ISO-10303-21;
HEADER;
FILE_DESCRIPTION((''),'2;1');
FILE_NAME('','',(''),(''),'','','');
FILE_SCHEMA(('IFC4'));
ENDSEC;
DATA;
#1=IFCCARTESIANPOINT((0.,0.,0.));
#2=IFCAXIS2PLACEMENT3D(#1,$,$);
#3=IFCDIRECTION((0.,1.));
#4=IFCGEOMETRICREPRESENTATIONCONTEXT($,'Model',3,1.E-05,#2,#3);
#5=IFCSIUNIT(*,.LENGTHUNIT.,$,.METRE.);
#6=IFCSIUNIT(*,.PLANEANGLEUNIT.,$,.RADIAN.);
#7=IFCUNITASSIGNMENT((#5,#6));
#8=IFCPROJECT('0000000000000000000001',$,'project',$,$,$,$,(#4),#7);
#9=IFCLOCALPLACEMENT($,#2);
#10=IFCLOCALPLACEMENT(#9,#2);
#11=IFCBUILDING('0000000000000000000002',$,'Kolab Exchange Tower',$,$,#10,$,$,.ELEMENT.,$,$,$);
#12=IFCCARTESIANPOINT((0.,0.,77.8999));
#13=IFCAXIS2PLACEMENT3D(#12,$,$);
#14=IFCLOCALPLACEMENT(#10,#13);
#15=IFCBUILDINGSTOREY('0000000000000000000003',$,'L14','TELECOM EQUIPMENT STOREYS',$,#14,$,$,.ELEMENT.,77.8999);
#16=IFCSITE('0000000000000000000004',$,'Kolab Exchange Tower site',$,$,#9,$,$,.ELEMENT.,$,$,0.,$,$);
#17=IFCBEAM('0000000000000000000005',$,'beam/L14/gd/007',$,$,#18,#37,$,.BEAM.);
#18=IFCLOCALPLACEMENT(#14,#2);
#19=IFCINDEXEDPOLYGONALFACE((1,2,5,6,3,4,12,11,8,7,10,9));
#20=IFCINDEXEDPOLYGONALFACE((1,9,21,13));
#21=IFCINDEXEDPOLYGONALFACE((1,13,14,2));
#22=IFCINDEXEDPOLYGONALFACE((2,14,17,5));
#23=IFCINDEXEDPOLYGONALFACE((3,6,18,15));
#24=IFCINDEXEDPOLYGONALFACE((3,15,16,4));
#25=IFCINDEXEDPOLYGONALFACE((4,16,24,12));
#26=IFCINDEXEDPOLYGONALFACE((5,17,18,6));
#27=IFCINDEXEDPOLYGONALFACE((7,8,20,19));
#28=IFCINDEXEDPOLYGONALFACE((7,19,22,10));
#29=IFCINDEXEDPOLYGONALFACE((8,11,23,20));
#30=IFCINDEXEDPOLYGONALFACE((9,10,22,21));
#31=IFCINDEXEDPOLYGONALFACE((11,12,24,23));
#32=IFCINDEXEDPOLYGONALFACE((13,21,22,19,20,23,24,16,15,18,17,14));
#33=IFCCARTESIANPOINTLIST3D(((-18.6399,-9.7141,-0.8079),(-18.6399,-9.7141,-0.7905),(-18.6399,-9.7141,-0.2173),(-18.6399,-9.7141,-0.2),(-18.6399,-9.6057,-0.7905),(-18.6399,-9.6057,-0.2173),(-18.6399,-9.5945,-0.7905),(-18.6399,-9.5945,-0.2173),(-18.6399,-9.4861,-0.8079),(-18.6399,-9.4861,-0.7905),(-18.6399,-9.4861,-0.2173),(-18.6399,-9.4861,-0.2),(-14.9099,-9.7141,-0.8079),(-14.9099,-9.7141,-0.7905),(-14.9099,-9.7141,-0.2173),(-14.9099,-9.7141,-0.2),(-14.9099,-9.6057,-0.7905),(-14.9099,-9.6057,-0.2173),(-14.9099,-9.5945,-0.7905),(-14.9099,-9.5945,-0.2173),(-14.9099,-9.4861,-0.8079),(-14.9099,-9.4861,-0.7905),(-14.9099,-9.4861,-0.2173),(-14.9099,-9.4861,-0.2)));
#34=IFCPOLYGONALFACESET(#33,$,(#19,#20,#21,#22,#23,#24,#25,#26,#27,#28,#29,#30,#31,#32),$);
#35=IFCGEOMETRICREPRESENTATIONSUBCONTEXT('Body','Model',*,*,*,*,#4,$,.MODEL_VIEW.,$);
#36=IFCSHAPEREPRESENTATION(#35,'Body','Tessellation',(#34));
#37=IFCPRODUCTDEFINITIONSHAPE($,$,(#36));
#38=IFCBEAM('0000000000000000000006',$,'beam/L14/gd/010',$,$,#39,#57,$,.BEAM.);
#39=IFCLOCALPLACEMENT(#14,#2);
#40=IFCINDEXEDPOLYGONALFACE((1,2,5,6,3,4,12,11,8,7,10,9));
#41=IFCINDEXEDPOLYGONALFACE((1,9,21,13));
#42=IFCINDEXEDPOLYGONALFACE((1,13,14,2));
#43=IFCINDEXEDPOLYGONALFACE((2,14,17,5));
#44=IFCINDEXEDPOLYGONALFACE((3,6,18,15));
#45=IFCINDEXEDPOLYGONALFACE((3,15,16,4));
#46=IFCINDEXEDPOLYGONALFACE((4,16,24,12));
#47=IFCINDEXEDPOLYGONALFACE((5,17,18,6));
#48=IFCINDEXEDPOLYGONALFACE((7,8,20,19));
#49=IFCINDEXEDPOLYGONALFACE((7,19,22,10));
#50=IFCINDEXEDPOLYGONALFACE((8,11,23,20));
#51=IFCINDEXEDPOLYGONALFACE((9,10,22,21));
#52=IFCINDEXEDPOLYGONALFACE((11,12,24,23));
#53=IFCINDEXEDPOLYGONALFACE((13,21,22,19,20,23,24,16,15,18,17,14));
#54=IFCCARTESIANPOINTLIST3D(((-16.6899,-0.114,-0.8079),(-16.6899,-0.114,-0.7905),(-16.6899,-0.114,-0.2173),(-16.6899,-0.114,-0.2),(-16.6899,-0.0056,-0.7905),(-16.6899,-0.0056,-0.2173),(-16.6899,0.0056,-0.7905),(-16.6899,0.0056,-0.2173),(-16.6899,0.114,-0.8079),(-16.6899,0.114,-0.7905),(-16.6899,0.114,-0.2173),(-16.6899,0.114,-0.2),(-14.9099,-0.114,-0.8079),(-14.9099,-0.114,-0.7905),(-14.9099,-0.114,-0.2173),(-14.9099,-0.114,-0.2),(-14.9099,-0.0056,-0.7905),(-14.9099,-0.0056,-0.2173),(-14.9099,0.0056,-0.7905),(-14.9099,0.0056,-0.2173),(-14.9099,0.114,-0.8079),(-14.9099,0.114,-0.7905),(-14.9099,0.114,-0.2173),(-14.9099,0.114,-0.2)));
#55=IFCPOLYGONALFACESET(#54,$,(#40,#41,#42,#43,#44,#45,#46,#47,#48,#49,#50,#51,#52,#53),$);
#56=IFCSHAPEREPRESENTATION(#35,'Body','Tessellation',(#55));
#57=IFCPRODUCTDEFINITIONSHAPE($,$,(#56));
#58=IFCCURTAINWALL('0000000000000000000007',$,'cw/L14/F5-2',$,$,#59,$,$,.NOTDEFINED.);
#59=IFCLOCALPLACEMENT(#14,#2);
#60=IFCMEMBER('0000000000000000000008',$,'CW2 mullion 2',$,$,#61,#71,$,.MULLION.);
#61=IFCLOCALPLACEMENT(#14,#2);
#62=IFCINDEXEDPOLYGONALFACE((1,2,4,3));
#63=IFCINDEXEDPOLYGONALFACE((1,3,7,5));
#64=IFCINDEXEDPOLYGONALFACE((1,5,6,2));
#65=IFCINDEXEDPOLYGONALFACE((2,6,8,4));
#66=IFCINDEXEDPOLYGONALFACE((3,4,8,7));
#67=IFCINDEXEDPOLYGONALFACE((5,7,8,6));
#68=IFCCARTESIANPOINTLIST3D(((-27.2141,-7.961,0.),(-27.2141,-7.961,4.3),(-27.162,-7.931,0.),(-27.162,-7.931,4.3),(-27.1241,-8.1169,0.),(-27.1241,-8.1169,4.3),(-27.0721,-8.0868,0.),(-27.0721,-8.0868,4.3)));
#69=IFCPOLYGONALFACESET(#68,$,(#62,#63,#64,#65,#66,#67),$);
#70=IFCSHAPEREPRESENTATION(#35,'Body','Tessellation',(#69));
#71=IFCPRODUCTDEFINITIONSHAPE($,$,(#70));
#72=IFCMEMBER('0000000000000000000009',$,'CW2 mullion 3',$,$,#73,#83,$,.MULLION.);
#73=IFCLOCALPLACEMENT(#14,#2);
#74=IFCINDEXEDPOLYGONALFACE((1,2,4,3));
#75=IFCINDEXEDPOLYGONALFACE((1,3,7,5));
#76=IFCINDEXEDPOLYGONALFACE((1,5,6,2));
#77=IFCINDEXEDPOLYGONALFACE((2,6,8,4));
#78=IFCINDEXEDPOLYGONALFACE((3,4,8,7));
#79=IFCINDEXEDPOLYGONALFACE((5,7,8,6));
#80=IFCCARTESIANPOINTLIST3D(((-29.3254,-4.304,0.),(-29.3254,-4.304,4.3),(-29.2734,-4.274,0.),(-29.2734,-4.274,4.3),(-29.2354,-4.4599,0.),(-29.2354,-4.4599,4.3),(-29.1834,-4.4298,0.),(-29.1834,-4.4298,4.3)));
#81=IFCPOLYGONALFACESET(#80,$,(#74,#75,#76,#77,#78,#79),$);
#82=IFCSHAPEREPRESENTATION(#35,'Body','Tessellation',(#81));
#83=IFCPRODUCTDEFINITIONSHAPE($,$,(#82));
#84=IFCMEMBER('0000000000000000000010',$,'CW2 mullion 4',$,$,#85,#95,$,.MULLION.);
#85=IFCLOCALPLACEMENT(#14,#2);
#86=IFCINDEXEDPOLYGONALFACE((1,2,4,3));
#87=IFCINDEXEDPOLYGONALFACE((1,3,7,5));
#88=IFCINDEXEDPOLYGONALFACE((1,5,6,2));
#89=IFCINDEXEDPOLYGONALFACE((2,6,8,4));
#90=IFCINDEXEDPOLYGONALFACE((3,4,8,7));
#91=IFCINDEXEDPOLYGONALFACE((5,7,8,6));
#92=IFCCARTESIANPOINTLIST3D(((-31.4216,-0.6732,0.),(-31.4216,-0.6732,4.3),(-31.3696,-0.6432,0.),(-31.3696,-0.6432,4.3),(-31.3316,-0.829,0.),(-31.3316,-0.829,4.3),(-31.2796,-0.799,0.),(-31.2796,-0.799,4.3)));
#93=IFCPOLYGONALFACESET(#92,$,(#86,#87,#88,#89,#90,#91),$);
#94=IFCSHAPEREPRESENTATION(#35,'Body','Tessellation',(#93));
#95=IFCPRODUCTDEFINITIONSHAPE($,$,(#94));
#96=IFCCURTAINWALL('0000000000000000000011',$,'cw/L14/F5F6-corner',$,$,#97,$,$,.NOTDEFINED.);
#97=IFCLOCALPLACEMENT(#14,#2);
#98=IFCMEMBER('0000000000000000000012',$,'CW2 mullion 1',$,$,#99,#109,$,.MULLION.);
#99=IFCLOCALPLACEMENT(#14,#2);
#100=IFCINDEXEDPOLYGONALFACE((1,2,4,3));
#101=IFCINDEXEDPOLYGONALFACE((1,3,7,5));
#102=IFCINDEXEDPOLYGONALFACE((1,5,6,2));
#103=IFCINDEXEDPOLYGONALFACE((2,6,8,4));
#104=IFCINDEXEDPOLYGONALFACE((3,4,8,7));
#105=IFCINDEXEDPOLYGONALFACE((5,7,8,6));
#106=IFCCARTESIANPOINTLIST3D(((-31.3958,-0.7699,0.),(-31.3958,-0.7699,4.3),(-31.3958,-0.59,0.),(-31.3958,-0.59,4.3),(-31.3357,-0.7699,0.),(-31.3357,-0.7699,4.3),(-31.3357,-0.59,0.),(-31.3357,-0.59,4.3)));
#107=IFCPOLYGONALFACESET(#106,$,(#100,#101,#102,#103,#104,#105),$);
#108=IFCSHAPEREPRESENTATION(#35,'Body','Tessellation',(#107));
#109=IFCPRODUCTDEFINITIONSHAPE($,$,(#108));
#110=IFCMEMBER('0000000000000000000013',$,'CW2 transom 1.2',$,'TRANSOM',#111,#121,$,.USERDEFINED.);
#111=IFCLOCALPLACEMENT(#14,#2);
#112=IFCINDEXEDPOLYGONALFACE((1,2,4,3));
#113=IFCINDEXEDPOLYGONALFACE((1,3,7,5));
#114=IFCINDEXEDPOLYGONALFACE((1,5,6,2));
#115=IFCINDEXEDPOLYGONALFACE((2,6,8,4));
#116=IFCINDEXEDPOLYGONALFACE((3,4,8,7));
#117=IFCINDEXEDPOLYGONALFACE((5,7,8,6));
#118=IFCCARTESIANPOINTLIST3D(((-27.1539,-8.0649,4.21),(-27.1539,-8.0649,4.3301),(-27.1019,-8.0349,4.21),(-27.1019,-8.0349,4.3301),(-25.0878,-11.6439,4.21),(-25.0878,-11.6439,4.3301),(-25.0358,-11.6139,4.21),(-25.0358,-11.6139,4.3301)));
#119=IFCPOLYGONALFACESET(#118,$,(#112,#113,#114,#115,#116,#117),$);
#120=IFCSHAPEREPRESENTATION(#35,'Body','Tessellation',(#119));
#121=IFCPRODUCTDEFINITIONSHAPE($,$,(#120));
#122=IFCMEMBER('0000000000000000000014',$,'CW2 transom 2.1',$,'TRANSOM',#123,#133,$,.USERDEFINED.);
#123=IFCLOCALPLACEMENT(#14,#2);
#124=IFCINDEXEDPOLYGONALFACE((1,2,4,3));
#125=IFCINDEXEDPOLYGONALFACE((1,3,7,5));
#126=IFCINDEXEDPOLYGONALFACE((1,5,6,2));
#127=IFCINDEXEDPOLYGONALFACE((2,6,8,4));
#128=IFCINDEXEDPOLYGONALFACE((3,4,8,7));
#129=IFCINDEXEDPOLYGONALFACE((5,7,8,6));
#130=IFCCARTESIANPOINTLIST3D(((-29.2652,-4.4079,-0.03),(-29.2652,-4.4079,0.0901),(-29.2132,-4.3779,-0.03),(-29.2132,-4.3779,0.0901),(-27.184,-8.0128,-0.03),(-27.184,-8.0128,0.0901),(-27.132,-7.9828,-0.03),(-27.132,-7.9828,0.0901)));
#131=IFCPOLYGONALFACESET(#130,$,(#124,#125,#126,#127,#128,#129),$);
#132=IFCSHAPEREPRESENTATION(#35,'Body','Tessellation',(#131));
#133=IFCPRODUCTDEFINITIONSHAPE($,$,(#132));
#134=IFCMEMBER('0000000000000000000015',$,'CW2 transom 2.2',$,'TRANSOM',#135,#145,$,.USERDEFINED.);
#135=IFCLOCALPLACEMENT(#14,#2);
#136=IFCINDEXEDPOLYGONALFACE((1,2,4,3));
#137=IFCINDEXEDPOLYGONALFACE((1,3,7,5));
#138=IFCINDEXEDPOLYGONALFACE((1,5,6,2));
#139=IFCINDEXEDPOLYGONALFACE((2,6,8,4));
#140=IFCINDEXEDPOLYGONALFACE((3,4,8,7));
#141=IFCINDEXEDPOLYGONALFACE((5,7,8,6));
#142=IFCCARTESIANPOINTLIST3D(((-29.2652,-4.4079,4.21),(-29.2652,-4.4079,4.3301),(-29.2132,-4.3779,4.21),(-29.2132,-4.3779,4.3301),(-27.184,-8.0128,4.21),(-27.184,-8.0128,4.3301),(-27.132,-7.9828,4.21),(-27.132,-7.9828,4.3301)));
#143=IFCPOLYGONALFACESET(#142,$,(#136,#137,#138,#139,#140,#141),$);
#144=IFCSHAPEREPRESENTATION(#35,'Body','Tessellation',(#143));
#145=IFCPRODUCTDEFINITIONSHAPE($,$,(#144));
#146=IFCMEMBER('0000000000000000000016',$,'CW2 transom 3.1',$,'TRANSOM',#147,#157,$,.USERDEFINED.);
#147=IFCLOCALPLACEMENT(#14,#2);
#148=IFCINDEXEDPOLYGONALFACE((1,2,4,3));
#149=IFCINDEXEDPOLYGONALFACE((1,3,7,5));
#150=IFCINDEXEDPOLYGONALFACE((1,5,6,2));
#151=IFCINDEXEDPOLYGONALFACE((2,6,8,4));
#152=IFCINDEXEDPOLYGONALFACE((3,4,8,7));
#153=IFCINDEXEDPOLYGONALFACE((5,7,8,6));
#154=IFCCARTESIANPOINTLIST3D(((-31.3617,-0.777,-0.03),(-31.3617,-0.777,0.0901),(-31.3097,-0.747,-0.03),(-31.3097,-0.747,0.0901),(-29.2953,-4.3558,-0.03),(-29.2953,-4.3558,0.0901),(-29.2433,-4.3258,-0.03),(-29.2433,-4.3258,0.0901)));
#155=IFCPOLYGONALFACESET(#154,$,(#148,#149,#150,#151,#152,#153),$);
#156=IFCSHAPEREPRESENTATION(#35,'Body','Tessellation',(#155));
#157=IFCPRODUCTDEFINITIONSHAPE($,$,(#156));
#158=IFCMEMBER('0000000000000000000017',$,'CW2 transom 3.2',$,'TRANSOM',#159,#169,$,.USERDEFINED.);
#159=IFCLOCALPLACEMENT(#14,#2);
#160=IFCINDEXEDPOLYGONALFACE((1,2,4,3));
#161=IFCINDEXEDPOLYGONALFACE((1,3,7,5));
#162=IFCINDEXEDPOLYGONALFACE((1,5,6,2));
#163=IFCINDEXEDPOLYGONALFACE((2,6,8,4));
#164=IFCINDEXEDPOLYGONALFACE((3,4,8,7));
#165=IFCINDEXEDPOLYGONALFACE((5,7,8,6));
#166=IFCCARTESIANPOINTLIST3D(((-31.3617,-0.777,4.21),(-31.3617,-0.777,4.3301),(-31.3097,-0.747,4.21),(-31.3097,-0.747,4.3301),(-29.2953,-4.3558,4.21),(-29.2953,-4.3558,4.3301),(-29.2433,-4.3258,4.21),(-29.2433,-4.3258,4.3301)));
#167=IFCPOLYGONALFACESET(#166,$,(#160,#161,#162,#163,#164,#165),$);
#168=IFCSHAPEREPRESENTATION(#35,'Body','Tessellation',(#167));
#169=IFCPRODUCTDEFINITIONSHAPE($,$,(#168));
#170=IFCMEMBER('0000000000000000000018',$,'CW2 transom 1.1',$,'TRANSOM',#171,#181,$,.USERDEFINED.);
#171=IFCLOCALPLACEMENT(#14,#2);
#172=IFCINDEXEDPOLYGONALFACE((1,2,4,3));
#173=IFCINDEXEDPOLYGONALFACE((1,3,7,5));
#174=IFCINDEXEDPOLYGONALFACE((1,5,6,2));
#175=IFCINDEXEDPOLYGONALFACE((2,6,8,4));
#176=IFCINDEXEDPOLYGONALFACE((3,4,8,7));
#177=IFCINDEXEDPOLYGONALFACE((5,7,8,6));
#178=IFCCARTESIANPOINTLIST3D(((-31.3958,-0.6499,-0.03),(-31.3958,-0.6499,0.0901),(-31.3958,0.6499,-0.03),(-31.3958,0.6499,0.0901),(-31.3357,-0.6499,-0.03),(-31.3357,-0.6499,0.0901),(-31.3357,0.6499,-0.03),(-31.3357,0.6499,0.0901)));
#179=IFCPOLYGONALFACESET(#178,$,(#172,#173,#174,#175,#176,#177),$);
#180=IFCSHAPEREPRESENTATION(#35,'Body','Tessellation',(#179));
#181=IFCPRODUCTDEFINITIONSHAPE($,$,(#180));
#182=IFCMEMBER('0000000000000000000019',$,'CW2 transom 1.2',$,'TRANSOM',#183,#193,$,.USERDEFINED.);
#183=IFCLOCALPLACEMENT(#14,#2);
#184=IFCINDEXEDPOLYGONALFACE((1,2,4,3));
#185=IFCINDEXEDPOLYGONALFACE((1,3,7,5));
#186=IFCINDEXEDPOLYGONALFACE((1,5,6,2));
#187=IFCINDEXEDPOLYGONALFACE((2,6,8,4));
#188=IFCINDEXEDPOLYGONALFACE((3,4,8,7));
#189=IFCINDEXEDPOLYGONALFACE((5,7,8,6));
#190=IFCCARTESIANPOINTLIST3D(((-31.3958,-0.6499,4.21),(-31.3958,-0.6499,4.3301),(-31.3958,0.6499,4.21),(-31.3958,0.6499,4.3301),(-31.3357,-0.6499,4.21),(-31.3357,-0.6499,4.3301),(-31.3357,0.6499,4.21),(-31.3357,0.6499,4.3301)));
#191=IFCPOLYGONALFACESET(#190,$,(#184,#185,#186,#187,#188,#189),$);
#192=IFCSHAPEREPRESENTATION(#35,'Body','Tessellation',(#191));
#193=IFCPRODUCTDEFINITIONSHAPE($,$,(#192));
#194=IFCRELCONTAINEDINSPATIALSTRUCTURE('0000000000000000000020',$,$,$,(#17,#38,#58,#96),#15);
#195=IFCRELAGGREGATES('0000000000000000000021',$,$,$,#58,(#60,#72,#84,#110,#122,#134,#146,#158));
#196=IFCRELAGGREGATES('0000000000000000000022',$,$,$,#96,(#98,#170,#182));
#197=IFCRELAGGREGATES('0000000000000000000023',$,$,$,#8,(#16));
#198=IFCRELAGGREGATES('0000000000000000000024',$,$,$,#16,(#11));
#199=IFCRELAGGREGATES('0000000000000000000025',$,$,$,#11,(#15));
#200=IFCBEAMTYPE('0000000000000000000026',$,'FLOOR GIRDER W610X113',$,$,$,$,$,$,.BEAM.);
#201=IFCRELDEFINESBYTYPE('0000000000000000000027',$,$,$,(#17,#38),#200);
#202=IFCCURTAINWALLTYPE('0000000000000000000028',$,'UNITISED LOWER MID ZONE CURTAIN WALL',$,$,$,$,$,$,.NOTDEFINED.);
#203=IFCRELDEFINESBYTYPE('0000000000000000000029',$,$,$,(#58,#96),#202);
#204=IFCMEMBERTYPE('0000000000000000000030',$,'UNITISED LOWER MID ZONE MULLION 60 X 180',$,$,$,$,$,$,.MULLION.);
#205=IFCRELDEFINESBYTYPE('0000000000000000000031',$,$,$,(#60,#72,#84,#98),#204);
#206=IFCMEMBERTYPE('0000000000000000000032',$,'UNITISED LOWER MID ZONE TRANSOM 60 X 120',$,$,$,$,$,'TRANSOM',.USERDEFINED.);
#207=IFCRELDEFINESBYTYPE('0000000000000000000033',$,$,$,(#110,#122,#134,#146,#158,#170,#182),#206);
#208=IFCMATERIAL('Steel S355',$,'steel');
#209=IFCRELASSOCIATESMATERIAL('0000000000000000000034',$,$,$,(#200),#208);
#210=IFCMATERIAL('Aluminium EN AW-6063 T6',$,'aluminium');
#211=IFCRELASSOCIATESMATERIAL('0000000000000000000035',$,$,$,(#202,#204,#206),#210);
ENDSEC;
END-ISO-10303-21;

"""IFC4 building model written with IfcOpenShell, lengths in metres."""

from ifc_helpers import new_model, si_unit, direction, frame, origin, origin_2d, place, context, subcontext, project, spatial, rectangle, i_section, extrude, material, material_profile, profile_set, type_object, element, aggregate, save


model = new_model("IFC4")

# Units and contexts
model_context = context("Model", 3, precision=1e-05, world=origin(), true_north=direction((0.0, 1.0)))
body_context = subcontext(model_context, "Body", "Model", "MODEL_VIEW")
ifc_project = project(units=[si_unit("LENGTHUNIT", "METRE"), si_unit("PLANEANGLEUNIT", "RADIAN")], contexts=[model_context])

# Site, building, storey
site_placement = place(None, origin())
site = spatial("IfcSite", under=ifc_project, at=site_placement, Name="Kolab Exchange Tower site", CompositionType="ELEMENT", RefElevation=0.0)
building_placement = place(site_placement, origin())
building = spatial("IfcBuilding", under=site, at=building_placement, Name="Kolab Exchange Tower", CompositionType="ELEMENT")
storey_placement = place(building_placement, frame((0.0, 0.0, 77.8999)))
storey = spatial("IfcBuildingStorey", under=building, at=storey_placement, Name="L14", Description="TELECOM EQUIPMENT STOREYS", CompositionType="ELEMENT", Elevation=77.8999)

# Beams
ifc_material_1 = material(Name="Steel S355", Category="steel")
ifc_material_profile_1 = material_profile(ifc_material_1, i_section(OverallWidth=0.228, OverallDepth=0.6079, WebThickness=0.0112, FlangeThickness=0.0173, at=origin_2d()), Name="W610X113")
ifc_profile_set_1 = profile_set([ifc_material_profile_1], Name="Steel S355")
beam_type_1 = type_object("IfcBeamType", Name="FLOOR GIRDER W610X113", PredefinedType="BEAM", material=ifc_profile_set_1)
beam_1_placement = place(storey_placement, frame((-18.6399, -9.6001, -0.5039), z_axis=(1.0, 0.0, 0.0), x_axis=(0.0, 1.0, 0.0)))
element("IfcBeam", 1, at=beam_1_placement, inside=storey, type_object=beam_type_1, Name="beam/L14/gd/007", PredefinedType="BEAM", context=body_context, shape_type="SweptSolid", body=[
    extrude(i_section(OverallWidth=0.228, OverallDepth=0.6079, WebThickness=0.0112, FlangeThickness=0.0173, at=origin_2d()), origin(), (0.0, 0.0, 1.0), 3.73),
])
beam_2_placement = place(storey_placement, frame((-16.6899, 0.0, -0.5039), z_axis=(1.0, 0.0, 0.0), x_axis=(0.0, 1.0, 0.0)))
element("IfcBeam", 2, at=beam_2_placement, inside=storey, type_object=beam_type_1, Name="beam/L14/gd/010", PredefinedType="BEAM", context=body_context, shape_type="SweptSolid", body=[
    extrude(i_section(OverallWidth=0.228, OverallDepth=0.6079, WebThickness=0.0112, FlangeThickness=0.0173, at=origin_2d()), origin(), (0.0, 0.0, 1.0), 1.78),
])

# Curtain wall, members
ifc_material_2 = material(Name="Aluminium EN AW-6063 T6", Category="aluminium")
curtain_wall_type = type_object("IfcCurtainWallType", Name="UNITISED LOWER MID ZONE CURTAIN WALL", PredefinedType="NOTDEFINED", material=ifc_material_2)
curtain_wall_1_placement = place(storey_placement, origin())
curtain_wall_1 = element("IfcCurtainWall", 3, at=curtain_wall_1_placement, inside=storey, type_object=curtain_wall_type, Name="cw/L14/F5-2", PredefinedType="NOTDEFINED")
ifc_material_profile_2 = material_profile(ifc_material_2, rectangle(XDim=0.0601, YDim=0.1799, at=origin_2d()), Name="RECT 60X180")
ifc_profile_set_2 = profile_set([ifc_material_profile_2], Name="Aluminium EN AW-6063 T6")
member_type_1 = type_object("IfcMemberType", Name="UNITISED LOWER MID ZONE MULLION 60 X 180", PredefinedType="MULLION", material=ifc_profile_set_2)
member_1_placement = place(storey_placement, frame((-27.1431, -8.0239, 0.0), z_axis=(0.0, 0.0, 1.0), x_axis=(-0.866025, -0.5, 0.0)))
member_1 = element("IfcMember", 4, at=member_1_placement, type_object=member_type_1, Name="CW2 mullion 2", PredefinedType="MULLION", context=body_context, shape_type="SweptSolid", body=[
    extrude(rectangle(XDim=0.0601, YDim=0.1799, at=origin_2d()), origin(), (0.0, 0.0, 1.0), 4.3),
])
member_2_placement = place(storey_placement, frame((-29.2544, -4.3669, 0.0), z_axis=(0.0, 0.0, 1.0), x_axis=(-0.866025, -0.5, 0.0)))
member_2 = element("IfcMember", 5, at=member_2_placement, type_object=member_type_1, Name="CW2 mullion 3", PredefinedType="MULLION", context=body_context, shape_type="SweptSolid", body=[
    extrude(rectangle(XDim=0.0601, YDim=0.1799, at=origin_2d()), origin(), (0.0, 0.0, 1.0), 4.3),
])
member_3_placement = place(storey_placement, frame((-31.3506, -0.7361, 0.0), z_axis=(0.0, 0.0, 1.0), x_axis=(-0.866025, -0.5, 0.0)))
member_3 = element("IfcMember", 6, at=member_3_placement, type_object=member_type_1, Name="CW2 mullion 4", PredefinedType="MULLION", context=body_context, shape_type="SweptSolid", body=[
    extrude(rectangle(XDim=0.0601, YDim=0.1799, at=origin_2d()), origin(), (0.0, 0.0, 1.0), 4.3),
])

# Curtain wall, member
curtain_wall_2_placement = place(storey_placement, origin())
curtain_wall_2 = element("IfcCurtainWall", 7, at=curtain_wall_2_placement, inside=storey, type_object=curtain_wall_type, Name="cw/L14/F5F6-corner", PredefinedType="NOTDEFINED")
member_4_placement = place(storey_placement, frame((-31.3657, -0.6799, 0.0), z_axis=(0.0, 0.0, 1.0), x_axis=(-1.0, 0.0, 0.0)))
member_4 = element("IfcMember", 8, at=member_4_placement, type_object=member_type_1, Name="CW2 mullion 1", PredefinedType="MULLION", context=body_context, shape_type="SweptSolid", body=[
    extrude(rectangle(XDim=0.0601, YDim=0.1799, at=origin_2d()), origin(), (0.0, 0.0, 1.0), 4.3),
])

# Members
ifc_material_profile_3 = material_profile(ifc_material_2, rectangle(XDim=0.0601, YDim=0.1201, at=origin_2d()), Name="RECT 60X120")
ifc_profile_set_3 = profile_set([ifc_material_profile_3], Name="Aluminium EN AW-6063 T6")
member_type_2 = type_object("IfcMemberType", Name="UNITISED LOWER MID ZONE TRANSOM 60 X 120", ElementType="TRANSOM", PredefinedType="USERDEFINED", material=ifc_profile_set_3)
member_5_placement = place(storey_placement, frame((-25.0618, -11.6289, 4.27), z_axis=(-0.499958, 0.86605, 0.0), x_axis=(-0.86605, -0.499958, 0.0)))
member_5 = element("IfcMember", 9, at=member_5_placement, type_object=member_type_2, Name="CW2 transom 1.2", ObjectType="TRANSOM", PredefinedType="USERDEFINED", context=body_context, shape_type="SweptSolid", body=[
    extrude(rectangle(XDim=0.0601, YDim=0.1201, at=origin_2d()), origin(), (0.0, 0.0, 1.0), 4.1326),
])
member_6_placement = place(storey_placement, frame((-27.158, -7.9978, 0.03), z_axis=(-0.499993, 0.866029, 0.0), x_axis=(-0.866029, -0.499993, 0.0)))
member_6 = element("IfcMember", 10, at=member_6_placement, type_object=member_type_2, Name="CW2 transom 2.1", ObjectType="TRANSOM", PredefinedType="USERDEFINED", context=body_context, shape_type="SweptSolid", body=[
    extrude(rectangle(XDim=0.0601, YDim=0.1201, at=origin_2d()), origin(), (0.0, 0.0, 1.0), 4.1626),
])
member_7_placement = place(storey_placement, frame((-27.158, -7.9978, 4.27), z_axis=(-0.499993, 0.866029, 0.0), x_axis=(-0.866029, -0.499993, 0.0)))
member_7 = element("IfcMember", 11, at=member_7_placement, type_object=member_type_2, Name="CW2 transom 2.2", ObjectType="TRANSOM", PredefinedType="USERDEFINED", context=body_context, shape_type="SweptSolid", body=[
    extrude(rectangle(XDim=0.0601, YDim=0.1201, at=origin_2d()), origin(), (0.0, 0.0, 1.0), 4.1626),
])
member_8_placement = place(storey_placement, frame((-29.2693, -4.3408, 0.03), z_axis=(-0.500028, 0.866009, 0.0), x_axis=(-0.866009, -0.500028, 0.0)))
member_8 = element("IfcMember", 12, at=member_8_placement, type_object=member_type_2, Name="CW2 transom 3.1", ObjectType="TRANSOM", PredefinedType="USERDEFINED", context=body_context, shape_type="SweptSolid", body=[
    extrude(rectangle(XDim=0.0601, YDim=0.1201, at=origin_2d()), origin(), (0.0, 0.0, 1.0), 4.1326),
])
member_9_placement = place(storey_placement, frame((-29.2693, -4.3408, 4.27), z_axis=(-0.500028, 0.866009, 0.0), x_axis=(-0.866009, -0.500028, 0.0)))
member_9 = element("IfcMember", 13, at=member_9_placement, type_object=member_type_2, Name="CW2 transom 3.2", ObjectType="TRANSOM", PredefinedType="USERDEFINED", context=body_context, shape_type="SweptSolid", body=[
    extrude(rectangle(XDim=0.0601, YDim=0.1201, at=origin_2d()), origin(), (0.0, 0.0, 1.0), 4.1326),
])
member_10_placement = place(storey_placement, frame((-31.3657, -0.6499, 0.03), z_axis=(0.0, 1.0, 0.0), x_axis=(-1.0, 0.0, 0.0)))
member_10 = element("IfcMember", 14, at=member_10_placement, type_object=member_type_2, Name="CW2 transom 1.1", ObjectType="TRANSOM", PredefinedType="USERDEFINED", context=body_context, shape_type="SweptSolid", body=[
    extrude(rectangle(XDim=0.0601, YDim=0.1201, at=origin_2d()), origin(), (0.0, 0.0, 1.0), 1.2998),
])
member_11_placement = place(storey_placement, frame((-31.3657, -0.6499, 4.27), z_axis=(0.0, 1.0, 0.0), x_axis=(-1.0, 0.0, 0.0)))
member_11 = element("IfcMember", 15, at=member_11_placement, type_object=member_type_2, Name="CW2 transom 1.2", ObjectType="TRANSOM", PredefinedType="USERDEFINED", context=body_context, shape_type="SweptSolid", body=[
    extrude(rectangle(XDim=0.0601, YDim=0.1201, at=origin_2d()), origin(), (0.0, 0.0, 1.0), 1.2998),
])

aggregate(curtain_wall_1, [member_1, member_2, member_3, member_5, member_6, member_7, member_8, member_9])
aggregate(curtain_wall_2, [member_4, member_10, member_11])

save(model, "model.ifc")
